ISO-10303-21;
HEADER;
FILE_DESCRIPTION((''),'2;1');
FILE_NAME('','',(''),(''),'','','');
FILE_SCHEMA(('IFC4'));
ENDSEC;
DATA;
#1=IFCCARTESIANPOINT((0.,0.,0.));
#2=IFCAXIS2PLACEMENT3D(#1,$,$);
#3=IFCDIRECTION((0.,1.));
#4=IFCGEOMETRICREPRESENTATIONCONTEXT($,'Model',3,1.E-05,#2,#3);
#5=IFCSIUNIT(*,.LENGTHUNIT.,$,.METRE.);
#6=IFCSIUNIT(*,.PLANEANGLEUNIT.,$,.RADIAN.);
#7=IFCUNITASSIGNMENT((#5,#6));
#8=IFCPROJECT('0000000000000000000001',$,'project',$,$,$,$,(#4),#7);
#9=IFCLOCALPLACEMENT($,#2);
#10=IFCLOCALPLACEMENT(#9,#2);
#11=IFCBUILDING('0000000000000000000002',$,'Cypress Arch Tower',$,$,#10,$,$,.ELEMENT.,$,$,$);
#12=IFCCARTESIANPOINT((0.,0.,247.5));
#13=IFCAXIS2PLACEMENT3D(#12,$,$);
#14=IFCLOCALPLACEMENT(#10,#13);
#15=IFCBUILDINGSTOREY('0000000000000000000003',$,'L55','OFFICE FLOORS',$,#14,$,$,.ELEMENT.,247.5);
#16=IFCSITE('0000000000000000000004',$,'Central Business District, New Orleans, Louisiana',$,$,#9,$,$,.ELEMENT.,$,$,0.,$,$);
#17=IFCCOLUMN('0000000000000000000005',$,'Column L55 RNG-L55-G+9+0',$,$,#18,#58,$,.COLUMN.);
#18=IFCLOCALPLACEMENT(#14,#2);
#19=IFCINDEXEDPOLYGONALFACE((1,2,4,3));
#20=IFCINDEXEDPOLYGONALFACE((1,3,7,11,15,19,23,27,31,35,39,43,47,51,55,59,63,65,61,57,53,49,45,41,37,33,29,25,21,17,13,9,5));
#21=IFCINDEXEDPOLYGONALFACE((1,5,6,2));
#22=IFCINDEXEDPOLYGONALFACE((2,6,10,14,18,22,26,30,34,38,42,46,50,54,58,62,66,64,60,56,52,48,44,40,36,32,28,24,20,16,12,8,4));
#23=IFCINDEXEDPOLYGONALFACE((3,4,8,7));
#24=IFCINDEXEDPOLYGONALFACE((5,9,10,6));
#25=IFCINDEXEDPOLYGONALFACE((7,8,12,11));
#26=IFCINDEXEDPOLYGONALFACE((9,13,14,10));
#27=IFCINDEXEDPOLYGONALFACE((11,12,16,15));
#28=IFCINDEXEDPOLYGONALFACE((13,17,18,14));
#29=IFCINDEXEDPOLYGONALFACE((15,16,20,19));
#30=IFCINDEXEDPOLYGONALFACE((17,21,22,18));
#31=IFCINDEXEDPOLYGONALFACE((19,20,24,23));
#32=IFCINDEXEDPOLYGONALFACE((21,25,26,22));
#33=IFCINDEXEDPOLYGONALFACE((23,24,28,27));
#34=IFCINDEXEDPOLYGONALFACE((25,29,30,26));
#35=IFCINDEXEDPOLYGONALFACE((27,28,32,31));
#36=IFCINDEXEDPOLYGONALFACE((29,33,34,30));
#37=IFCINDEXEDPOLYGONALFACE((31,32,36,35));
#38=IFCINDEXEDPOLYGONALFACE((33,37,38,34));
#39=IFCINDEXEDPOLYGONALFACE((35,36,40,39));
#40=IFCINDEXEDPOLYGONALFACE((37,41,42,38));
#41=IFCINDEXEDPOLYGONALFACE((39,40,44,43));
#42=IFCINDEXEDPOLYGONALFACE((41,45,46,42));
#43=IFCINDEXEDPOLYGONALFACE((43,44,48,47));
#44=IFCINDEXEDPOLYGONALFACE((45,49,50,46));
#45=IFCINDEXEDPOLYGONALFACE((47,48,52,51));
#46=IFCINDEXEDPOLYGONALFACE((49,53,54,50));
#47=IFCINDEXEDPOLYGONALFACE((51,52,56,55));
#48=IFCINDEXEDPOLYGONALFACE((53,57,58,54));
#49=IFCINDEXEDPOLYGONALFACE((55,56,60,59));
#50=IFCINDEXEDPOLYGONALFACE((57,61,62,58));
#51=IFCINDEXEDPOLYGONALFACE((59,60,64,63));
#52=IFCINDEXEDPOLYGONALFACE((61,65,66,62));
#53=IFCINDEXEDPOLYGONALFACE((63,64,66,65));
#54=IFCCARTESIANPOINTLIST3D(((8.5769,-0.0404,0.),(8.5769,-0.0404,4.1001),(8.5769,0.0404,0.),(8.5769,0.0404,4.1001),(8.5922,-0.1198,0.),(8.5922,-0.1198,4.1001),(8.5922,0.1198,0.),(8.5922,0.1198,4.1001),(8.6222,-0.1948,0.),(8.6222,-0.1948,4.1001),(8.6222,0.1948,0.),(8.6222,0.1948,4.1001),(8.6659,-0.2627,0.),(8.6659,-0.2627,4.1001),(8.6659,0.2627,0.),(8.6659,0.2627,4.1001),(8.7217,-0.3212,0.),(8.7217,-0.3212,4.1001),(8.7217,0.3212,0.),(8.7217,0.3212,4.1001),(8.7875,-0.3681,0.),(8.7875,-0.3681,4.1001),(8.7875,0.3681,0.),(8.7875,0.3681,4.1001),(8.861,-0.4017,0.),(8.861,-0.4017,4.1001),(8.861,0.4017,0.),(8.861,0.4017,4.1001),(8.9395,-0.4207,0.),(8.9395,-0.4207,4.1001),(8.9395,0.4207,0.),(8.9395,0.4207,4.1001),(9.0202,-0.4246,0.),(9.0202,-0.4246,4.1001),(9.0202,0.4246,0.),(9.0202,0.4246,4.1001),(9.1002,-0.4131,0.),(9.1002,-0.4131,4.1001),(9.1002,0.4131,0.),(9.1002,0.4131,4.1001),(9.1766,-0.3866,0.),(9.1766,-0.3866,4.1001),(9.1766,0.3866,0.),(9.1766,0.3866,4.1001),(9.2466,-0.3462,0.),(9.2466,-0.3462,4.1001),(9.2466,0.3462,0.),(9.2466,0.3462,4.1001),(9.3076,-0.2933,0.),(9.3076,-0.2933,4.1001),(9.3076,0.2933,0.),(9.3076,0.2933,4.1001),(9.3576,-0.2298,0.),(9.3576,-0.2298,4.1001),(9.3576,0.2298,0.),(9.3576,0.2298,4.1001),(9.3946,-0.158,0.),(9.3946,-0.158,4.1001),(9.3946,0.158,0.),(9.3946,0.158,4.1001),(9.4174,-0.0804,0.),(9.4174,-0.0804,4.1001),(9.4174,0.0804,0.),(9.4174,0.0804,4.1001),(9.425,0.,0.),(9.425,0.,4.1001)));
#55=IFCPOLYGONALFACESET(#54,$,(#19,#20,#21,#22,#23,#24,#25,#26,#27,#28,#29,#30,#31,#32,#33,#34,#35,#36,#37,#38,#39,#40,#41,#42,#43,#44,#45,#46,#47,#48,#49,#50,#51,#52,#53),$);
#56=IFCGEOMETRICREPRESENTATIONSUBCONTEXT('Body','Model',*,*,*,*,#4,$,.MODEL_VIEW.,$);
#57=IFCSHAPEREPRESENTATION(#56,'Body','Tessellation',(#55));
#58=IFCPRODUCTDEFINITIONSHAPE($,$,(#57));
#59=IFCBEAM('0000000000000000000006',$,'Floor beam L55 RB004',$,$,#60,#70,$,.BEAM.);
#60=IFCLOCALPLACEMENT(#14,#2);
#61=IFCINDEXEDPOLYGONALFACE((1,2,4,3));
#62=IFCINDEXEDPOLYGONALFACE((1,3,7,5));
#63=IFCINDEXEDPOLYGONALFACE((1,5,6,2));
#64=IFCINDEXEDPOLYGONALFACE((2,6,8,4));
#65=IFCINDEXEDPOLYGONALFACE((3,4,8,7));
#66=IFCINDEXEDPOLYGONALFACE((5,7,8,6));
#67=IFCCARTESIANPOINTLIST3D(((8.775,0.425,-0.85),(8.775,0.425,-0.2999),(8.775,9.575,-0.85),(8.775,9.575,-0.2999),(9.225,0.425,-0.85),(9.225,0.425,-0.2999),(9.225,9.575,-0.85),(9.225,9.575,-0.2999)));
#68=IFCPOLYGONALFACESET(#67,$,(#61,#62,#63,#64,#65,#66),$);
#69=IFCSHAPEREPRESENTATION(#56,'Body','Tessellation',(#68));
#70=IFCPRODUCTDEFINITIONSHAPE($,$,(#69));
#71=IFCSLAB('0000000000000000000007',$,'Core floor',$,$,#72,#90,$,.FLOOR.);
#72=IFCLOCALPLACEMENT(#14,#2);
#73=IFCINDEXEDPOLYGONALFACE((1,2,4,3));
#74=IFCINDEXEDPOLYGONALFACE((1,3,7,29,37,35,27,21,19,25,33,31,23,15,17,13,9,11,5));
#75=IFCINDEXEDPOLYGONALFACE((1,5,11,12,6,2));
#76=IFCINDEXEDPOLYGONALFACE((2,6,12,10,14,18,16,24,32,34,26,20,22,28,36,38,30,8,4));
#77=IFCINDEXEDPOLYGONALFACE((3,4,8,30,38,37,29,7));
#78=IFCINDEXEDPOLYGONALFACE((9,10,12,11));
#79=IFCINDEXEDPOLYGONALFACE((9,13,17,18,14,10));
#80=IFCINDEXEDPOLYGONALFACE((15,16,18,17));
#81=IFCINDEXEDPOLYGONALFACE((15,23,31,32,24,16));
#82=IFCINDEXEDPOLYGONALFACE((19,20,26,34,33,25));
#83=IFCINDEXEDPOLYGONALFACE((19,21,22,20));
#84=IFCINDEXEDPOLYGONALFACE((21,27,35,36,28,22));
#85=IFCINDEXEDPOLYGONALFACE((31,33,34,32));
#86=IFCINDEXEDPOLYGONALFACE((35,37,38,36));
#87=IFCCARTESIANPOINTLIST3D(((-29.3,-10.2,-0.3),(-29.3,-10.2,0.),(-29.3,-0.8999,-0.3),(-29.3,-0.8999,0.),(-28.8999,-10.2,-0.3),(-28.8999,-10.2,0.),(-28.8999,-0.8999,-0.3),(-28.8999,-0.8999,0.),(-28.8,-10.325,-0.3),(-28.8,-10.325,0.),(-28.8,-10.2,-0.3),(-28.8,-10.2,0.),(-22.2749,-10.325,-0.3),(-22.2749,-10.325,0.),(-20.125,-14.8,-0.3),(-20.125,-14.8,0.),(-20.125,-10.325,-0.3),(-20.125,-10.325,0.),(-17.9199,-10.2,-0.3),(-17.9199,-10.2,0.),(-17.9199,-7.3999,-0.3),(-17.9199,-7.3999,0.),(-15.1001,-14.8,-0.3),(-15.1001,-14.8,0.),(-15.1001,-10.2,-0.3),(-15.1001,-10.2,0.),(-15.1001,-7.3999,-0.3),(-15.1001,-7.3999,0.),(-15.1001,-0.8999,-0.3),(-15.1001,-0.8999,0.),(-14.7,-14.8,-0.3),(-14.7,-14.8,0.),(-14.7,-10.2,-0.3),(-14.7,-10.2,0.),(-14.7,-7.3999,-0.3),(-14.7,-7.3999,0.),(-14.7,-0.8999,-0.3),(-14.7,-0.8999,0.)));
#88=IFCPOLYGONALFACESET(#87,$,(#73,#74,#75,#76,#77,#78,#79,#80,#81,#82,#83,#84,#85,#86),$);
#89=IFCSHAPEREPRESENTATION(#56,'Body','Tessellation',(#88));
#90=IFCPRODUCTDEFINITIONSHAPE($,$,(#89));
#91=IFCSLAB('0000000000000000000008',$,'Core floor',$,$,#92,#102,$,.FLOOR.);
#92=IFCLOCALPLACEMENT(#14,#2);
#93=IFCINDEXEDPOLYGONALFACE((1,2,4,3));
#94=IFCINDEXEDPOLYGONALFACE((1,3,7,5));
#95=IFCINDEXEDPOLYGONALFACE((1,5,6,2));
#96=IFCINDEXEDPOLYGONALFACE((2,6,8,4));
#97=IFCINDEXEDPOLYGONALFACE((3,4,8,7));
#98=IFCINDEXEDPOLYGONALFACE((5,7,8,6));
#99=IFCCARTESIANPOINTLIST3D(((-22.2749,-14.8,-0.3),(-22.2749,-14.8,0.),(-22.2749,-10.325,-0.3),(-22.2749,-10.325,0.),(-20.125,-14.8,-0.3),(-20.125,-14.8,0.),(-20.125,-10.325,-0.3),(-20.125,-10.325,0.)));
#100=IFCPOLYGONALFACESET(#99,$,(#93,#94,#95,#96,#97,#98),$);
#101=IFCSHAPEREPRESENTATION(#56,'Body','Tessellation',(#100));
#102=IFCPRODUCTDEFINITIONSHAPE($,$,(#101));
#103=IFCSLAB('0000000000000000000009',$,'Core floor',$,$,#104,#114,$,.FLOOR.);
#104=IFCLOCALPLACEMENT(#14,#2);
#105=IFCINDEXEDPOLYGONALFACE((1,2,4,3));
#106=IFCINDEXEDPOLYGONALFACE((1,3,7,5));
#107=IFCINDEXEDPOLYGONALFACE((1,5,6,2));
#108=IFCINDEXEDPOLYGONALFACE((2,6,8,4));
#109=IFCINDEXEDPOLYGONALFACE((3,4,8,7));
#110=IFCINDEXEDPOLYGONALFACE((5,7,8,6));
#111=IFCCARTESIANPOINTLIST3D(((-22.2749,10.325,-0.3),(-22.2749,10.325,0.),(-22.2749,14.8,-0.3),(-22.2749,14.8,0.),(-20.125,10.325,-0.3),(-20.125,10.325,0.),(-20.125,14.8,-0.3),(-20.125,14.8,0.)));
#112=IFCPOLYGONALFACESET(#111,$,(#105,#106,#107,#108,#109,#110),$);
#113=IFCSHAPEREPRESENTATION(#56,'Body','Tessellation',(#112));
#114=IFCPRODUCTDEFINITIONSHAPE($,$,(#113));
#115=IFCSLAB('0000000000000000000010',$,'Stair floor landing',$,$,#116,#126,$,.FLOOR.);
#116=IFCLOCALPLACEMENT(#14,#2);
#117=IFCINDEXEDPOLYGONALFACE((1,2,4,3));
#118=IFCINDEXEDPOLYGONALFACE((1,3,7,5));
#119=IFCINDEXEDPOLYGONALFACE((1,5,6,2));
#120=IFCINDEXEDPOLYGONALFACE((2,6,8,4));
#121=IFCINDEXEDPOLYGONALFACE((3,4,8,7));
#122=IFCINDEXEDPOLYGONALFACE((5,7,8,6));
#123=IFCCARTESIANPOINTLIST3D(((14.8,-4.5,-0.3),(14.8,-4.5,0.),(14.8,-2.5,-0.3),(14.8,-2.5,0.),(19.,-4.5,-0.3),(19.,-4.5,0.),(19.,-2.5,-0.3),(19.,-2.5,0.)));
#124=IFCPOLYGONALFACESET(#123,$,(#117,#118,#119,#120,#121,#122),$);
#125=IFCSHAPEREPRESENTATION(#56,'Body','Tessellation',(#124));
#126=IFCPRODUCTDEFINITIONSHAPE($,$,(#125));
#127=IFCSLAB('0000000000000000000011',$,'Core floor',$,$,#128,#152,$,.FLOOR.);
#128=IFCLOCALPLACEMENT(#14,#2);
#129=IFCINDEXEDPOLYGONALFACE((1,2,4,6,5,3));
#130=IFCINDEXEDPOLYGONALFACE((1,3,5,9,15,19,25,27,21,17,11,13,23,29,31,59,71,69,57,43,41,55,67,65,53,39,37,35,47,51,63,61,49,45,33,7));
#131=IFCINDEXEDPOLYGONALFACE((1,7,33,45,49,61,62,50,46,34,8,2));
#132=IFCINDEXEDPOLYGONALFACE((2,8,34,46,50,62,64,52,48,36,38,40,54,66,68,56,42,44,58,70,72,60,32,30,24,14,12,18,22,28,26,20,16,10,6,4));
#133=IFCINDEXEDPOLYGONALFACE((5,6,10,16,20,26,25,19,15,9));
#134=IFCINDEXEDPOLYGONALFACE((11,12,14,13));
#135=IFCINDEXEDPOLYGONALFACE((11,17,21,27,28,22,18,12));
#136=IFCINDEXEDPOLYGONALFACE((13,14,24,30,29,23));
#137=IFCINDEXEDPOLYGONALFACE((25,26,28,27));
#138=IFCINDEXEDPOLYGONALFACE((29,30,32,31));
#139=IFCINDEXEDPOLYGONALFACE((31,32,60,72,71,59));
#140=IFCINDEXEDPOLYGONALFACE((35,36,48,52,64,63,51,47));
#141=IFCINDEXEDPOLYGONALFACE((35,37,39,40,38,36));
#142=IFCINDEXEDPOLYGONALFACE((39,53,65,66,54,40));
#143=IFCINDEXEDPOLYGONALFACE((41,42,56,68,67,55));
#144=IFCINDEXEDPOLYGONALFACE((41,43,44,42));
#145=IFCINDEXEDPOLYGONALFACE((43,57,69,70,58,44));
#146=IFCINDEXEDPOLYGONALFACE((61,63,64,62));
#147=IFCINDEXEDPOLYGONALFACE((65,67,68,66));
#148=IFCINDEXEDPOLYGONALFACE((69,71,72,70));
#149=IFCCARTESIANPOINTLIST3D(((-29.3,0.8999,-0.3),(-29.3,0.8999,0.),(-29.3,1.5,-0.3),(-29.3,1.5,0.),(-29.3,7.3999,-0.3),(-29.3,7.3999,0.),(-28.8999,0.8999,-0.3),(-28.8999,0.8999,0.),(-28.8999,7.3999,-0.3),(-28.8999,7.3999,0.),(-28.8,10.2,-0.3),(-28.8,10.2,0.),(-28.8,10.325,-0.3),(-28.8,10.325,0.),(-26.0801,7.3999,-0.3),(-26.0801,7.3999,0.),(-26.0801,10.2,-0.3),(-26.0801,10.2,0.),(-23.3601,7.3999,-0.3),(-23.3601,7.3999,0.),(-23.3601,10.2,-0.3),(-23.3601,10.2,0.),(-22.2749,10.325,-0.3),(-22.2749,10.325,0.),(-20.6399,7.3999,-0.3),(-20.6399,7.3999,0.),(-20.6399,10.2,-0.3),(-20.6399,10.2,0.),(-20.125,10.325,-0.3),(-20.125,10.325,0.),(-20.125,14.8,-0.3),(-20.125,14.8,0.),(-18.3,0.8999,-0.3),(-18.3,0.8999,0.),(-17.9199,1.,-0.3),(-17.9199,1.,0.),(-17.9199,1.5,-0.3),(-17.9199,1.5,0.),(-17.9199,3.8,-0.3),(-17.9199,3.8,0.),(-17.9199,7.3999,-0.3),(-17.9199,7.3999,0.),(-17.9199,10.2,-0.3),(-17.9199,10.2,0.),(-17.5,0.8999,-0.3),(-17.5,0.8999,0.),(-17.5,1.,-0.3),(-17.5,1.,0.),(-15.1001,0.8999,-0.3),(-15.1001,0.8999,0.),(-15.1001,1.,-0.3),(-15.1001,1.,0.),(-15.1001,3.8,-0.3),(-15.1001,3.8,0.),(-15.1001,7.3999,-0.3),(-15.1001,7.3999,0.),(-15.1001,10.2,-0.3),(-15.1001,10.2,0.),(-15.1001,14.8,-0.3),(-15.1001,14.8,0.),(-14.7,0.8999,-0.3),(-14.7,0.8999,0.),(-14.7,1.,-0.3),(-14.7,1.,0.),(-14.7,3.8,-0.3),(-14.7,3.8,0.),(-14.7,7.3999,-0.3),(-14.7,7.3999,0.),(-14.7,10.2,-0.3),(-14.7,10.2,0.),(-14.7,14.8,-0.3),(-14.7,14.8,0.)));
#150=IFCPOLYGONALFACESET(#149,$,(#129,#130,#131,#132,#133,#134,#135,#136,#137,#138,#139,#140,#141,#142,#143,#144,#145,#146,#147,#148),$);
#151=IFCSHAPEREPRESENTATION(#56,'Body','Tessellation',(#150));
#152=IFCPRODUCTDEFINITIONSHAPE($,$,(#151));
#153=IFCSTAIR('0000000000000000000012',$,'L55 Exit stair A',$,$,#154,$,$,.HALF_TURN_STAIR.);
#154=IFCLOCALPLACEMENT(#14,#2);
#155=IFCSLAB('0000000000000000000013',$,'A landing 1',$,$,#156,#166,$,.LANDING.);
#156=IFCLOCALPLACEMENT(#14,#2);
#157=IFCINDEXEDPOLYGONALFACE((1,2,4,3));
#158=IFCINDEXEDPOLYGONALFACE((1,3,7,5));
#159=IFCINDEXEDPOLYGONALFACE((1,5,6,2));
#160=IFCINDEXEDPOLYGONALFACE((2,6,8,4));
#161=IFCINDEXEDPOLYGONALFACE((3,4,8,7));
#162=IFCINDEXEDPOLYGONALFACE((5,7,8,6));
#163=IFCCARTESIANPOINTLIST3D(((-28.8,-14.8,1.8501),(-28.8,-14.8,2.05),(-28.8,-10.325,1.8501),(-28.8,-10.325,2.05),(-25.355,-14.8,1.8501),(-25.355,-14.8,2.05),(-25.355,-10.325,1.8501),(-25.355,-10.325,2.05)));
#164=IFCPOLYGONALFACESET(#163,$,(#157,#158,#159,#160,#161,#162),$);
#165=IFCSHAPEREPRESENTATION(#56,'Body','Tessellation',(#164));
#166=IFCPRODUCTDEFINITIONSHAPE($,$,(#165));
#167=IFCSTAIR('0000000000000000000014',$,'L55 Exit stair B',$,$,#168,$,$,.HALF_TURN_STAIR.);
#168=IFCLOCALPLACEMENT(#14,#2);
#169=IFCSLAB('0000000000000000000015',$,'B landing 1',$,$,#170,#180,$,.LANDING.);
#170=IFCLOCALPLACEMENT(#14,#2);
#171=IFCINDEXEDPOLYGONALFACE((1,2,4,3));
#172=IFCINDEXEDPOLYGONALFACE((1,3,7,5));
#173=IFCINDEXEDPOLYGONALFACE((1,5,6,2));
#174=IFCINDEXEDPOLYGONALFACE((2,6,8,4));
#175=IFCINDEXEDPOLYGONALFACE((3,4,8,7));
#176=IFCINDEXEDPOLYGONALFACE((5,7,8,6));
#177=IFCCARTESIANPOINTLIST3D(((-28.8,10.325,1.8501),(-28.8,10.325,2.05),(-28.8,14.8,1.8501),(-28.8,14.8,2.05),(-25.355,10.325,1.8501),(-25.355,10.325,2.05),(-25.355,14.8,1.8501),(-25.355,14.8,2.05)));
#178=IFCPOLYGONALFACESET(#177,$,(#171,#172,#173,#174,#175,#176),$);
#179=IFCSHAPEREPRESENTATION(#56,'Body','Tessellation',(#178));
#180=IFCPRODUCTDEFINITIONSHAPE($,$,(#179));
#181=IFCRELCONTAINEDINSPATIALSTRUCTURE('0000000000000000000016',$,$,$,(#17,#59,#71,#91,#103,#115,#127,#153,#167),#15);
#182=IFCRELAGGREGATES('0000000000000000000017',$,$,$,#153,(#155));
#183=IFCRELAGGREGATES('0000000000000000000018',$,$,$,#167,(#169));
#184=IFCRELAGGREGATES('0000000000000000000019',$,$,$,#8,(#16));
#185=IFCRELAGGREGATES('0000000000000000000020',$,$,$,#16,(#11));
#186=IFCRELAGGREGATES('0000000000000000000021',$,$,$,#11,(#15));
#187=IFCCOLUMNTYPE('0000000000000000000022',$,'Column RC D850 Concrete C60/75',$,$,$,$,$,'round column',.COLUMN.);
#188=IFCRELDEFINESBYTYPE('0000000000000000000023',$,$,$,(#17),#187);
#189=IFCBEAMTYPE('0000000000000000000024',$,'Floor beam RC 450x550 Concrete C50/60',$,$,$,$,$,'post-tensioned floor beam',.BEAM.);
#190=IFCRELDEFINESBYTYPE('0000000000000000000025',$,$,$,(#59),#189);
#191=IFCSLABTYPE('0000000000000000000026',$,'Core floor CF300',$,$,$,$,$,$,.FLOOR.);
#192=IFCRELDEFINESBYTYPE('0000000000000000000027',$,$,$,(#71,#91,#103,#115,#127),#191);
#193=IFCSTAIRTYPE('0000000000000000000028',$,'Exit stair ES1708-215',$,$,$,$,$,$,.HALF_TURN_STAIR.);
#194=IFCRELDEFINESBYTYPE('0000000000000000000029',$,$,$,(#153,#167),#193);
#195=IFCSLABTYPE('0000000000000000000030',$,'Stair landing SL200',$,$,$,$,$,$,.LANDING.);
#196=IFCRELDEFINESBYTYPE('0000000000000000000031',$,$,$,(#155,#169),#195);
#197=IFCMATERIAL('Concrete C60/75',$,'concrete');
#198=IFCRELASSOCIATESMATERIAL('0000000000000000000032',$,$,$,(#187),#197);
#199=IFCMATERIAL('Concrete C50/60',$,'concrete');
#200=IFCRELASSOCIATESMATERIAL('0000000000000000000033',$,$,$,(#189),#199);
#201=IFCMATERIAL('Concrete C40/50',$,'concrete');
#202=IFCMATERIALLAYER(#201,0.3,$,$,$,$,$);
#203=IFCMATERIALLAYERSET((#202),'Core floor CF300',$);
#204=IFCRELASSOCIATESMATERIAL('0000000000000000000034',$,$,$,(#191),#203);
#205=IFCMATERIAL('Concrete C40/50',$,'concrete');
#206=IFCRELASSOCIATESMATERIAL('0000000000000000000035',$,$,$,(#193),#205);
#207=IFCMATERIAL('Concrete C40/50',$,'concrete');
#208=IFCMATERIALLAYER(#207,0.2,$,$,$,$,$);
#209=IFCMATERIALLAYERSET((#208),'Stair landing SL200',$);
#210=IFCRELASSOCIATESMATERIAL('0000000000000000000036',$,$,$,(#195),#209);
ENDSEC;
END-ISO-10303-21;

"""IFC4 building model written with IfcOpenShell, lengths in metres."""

from ifc_helpers import new_model, si_unit, direction, frame, origin, origin_2d, place, context, subcontext, project, spatial, polyline, rectangle, circle, outline, extrude, material, layer, layer_set, material_profile, profile_set, type_object, element, aggregate, save


model = new_model("IFC4")

# Units and contexts
model_context = context("Model", 3, precision=1e-05, world=origin(), true_north=direction((0.0, 1.0)))
body_context = subcontext(model_context, "Body", "Model", "MODEL_VIEW")
ifc_project = project(units=[si_unit("LENGTHUNIT", "METRE"), si_unit("PLANEANGLEUNIT", "RADIAN")], contexts=[model_context])

# Site, building, storey
site_placement = place(None, origin())
site = spatial("IfcSite", under=ifc_project, at=site_placement, Name="Central Business District, New Orleans, Louisiana", CompositionType="ELEMENT", RefElevation=0.0)
building_placement = place(site_placement, origin())
building = spatial("IfcBuilding", under=site, at=building_placement, Name="Cypress Arch Tower", CompositionType="ELEMENT")
storey_placement = place(building_placement, frame((0.0, 0.0, 247.5)))
storey = spatial("IfcBuildingStorey", under=building, at=storey_placement, Name="L55", Description="OFFICE FLOORS", CompositionType="ELEMENT", Elevation=247.5)

# Column
ifc_material_1 = material(Name="Concrete C60/75", Category="concrete")
ifc_material_profile_1 = material_profile(ifc_material_1, circle(Radius=0.425, at=origin_2d()), Name="RC D850")
ifc_profile_set_1 = profile_set([ifc_material_profile_1], Name="Concrete C60/75")
column_type = type_object("IfcColumnType", Name="Column RC D850 Concrete C60/75", ElementType="round column", PredefinedType="COLUMN", material=ifc_profile_set_1)
column_placement = place(storey_placement, frame((9.0, 0.0, 0.0), z_axis=(0.0, 0.0, 1.0), x_axis=(1.0, 0.0, 0.0)))
element("IfcColumn", 1, at=column_placement, inside=storey, type_object=column_type, Name="Column L55 RNG-L55-G+9+0", PredefinedType="COLUMN", context=body_context, shape_type="SweptSolid", body=[
    extrude(circle(Radius=0.425, at=origin_2d()), origin(), (0.0, 0.0, 1.0), 4.1001),
])

# Beam
ifc_material_2 = material(Name="Concrete C50/60", Category="concrete")
ifc_material_profile_2 = material_profile(ifc_material_2, rectangle(XDim=0.45, YDim=0.55, at=origin_2d()), Name="RC 450x550")
ifc_profile_set_2 = profile_set([ifc_material_profile_2], Name="Concrete C50/60")
beam_type = type_object("IfcBeamType", Name="Floor beam RC 450x550 Concrete C50/60", ElementType="post-tensioned floor beam", PredefinedType="BEAM", material=ifc_profile_set_2)
beam_placement = place(storey_placement, frame((9.0, 0.425, -0.575), z_axis=(0.0, 1.0, 0.0), x_axis=(-1.0, 0.0, 0.0)))
element("IfcBeam", 2, at=beam_placement, inside=storey, type_object=beam_type, Name="Floor beam L55 RB004", PredefinedType="BEAM", context=body_context, shape_type="SweptSolid", body=[
    extrude(rectangle(XDim=0.45, YDim=0.55, at=origin_2d()), origin(), (0.0, 0.0, 1.0), 9.1499),
])

# Slabs
ifc_material_3 = material(Name="Concrete C40/50", Category="concrete")
ifc_layer_1 = layer(ifc_material_3, 0.3)
ifc_layer_set_1 = layer_set([ifc_layer_1], Name="Core floor CF300")
slab_type_1 = type_object("IfcSlabType", Name="Core floor CF300", PredefinedType="FLOOR", material=ifc_layer_set_1)
slab_1_placement = place(storey_placement, frame((0.0, 0.0, -0.3)))
element("IfcSlab", 3, at=slab_1_placement, inside=storey, type_object=slab_type_1, Name="Core floor", PredefinedType="FLOOR", context=body_context, shape_type="SweptSolid", body=[
    extrude(outline(polyline([(-28.8999, -10.2), (-29.3, -10.2), (-29.3, -0.8999), (-28.8999, -0.8999), (-15.1001, -0.8999), (-14.7, -0.8999), (-14.7, -7.3999), (-15.1001, -7.3999), (-17.9199, -7.3999), (-17.9199, -10.2), (-15.1001, -10.2), (-14.7, -10.2), (-14.7, -14.8), (-15.1001, -14.8), (-20.125, -14.8), (-20.125, -10.325), (-22.2749, -10.325), (-28.8, -10.325), (-28.8, -10.2), (-28.8999, -10.2)])), origin(), (0.0, 0.0, 1.0), 0.3),
])
slab_2_placement = place(storey_placement, frame((0.0, 0.0, -0.3)))
element("IfcSlab", 4, at=slab_2_placement, inside=storey, type_object=slab_type_1, Name="Core floor", PredefinedType="FLOOR", context=body_context, shape_type="SweptSolid", body=[
    extrude(outline(polyline([(-22.2749, -10.325), (-22.2749, -14.8), (-20.125, -14.8), (-20.125, -10.325), (-22.2749, -10.325)])), origin(), (0.0, 0.0, 1.0), 0.3),
])
slab_3_placement = place(storey_placement, frame((0.0, 0.0, -0.3)))
element("IfcSlab", 5, at=slab_3_placement, inside=storey, type_object=slab_type_1, Name="Core floor", PredefinedType="FLOOR", context=body_context, shape_type="SweptSolid", body=[
    extrude(outline(polyline([(-20.125, 14.8), (-22.2749, 14.8), (-22.2749, 10.325), (-20.125, 10.325), (-20.125, 14.8)])), origin(), (0.0, 0.0, 1.0), 0.3),
])
slab_4_placement = place(storey_placement, frame((0.0, 0.0, -0.3)))
element("IfcSlab", 6, at=slab_4_placement, inside=storey, type_object=slab_type_1, Name="Stair floor landing", PredefinedType="FLOOR", context=body_context, shape_type="SweptSolid", body=[
    extrude(outline(polyline([(19.0, -4.5), (19.0, -2.5), (14.8, -2.5), (14.8, -4.5), (19.0, -4.5)])), origin(), (0.0, 0.0, 1.0), 0.3),
])
slab_5_placement = place(storey_placement, frame((0.0, 0.0, -0.3)))
element("IfcSlab", 7, at=slab_5_placement, inside=storey, type_object=slab_type_1, Name="Core floor", PredefinedType="FLOOR", context=body_context, shape_type="SweptSolid", body=[
    extrude(outline(polyline([(-20.6399, 10.2), (-23.3601, 10.2), (-26.0801, 10.2), (-28.8, 10.2), (-28.8, 10.325), (-22.2749, 10.325), (-20.125, 10.325), (-20.125, 14.8), (-15.1001, 14.8), (-14.7, 14.8), (-14.7, 10.2), (-15.1001, 10.2), (-17.9199, 10.2), (-17.9199, 7.3999), (-15.1001, 7.3999), (-14.7, 7.3999), (-14.7, 3.8), (-15.1001, 3.8), (-17.9199, 3.8), (-17.9199, 1.5), (-17.9199, 1.0), (-17.5, 1.0), (-15.1001, 1.0), (-14.7, 1.0), (-14.7, 0.8999), (-15.1001, 0.8999), (-17.5, 0.8999), (-18.3, 0.8999), (-28.8999, 0.8999), (-29.3, 0.8999), (-29.3, 1.5), (-29.3, 7.3999), (-28.8999, 7.3999), (-26.0801, 7.3999), (-23.3601, 7.3999), (-20.6399, 7.3999), (-20.6399, 10.2)])), origin(), (0.0, 0.0, 1.0), 0.3),
])

# Stairs, slabs
ifc_material_4 = material(Name="Concrete C40/50", Category="concrete")
stair_type_1 = type_object("IfcStairType", Name="Exit stair ES1708-215", PredefinedType="HALF_TURN_STAIR", material=ifc_material_4)
stair_1_placement = place(storey_placement, origin())
stair_1 = element("IfcStair", 8, at=stair_1_placement, inside=storey, type_object=stair_type_1, Name="L55 Exit stair A", PredefinedType="HALF_TURN_STAIR")
ifc_material_5 = material(Name="Concrete C40/50", Category="concrete")
ifc_layer_2 = layer(ifc_material_5, 0.2)
ifc_layer_set_2 = layer_set([ifc_layer_2], Name="Stair landing SL200")
slab_type_2 = type_object("IfcSlabType", Name="Stair landing SL200", PredefinedType="LANDING", material=ifc_layer_set_2)
slab_6_placement = place(storey_placement, frame((0.0, 0.0, 1.8501)))
slab_6 = element("IfcSlab", 9, at=slab_6_placement, type_object=slab_type_2, Name="A landing 1", PredefinedType="LANDING", context=body_context, shape_type="SweptSolid", body=[
    extrude(outline(polyline([(-25.355, -10.325), (-28.8, -10.325), (-28.8, -14.8), (-25.355, -14.8), (-25.355, -10.325)])), origin(), (0.0, 0.0, 1.0), 0.2),
])
aggregate(stair_1, [slab_6])
stair_2_placement = place(storey_placement, origin())
stair_2 = element("IfcStair", 10, at=stair_2_placement, inside=storey, type_object=stair_type_1, Name="L55 Exit stair B", PredefinedType="HALF_TURN_STAIR")
slab_7_placement = place(storey_placement, frame((0.0, 0.0, 1.8501)))
slab_7 = element("IfcSlab", 11, at=slab_7_placement, type_object=slab_type_2, Name="B landing 1", PredefinedType="LANDING", context=body_context, shape_type="SweptSolid", body=[
    extrude(outline(polyline([(-25.355, 14.8), (-28.8, 14.8), (-28.8, 10.325), (-25.355, 10.325), (-25.355, 14.8)])), origin(), (0.0, 0.0, 1.0), 0.2),
])
aggregate(stair_2, [slab_7])

save(model, "model.ifc")
